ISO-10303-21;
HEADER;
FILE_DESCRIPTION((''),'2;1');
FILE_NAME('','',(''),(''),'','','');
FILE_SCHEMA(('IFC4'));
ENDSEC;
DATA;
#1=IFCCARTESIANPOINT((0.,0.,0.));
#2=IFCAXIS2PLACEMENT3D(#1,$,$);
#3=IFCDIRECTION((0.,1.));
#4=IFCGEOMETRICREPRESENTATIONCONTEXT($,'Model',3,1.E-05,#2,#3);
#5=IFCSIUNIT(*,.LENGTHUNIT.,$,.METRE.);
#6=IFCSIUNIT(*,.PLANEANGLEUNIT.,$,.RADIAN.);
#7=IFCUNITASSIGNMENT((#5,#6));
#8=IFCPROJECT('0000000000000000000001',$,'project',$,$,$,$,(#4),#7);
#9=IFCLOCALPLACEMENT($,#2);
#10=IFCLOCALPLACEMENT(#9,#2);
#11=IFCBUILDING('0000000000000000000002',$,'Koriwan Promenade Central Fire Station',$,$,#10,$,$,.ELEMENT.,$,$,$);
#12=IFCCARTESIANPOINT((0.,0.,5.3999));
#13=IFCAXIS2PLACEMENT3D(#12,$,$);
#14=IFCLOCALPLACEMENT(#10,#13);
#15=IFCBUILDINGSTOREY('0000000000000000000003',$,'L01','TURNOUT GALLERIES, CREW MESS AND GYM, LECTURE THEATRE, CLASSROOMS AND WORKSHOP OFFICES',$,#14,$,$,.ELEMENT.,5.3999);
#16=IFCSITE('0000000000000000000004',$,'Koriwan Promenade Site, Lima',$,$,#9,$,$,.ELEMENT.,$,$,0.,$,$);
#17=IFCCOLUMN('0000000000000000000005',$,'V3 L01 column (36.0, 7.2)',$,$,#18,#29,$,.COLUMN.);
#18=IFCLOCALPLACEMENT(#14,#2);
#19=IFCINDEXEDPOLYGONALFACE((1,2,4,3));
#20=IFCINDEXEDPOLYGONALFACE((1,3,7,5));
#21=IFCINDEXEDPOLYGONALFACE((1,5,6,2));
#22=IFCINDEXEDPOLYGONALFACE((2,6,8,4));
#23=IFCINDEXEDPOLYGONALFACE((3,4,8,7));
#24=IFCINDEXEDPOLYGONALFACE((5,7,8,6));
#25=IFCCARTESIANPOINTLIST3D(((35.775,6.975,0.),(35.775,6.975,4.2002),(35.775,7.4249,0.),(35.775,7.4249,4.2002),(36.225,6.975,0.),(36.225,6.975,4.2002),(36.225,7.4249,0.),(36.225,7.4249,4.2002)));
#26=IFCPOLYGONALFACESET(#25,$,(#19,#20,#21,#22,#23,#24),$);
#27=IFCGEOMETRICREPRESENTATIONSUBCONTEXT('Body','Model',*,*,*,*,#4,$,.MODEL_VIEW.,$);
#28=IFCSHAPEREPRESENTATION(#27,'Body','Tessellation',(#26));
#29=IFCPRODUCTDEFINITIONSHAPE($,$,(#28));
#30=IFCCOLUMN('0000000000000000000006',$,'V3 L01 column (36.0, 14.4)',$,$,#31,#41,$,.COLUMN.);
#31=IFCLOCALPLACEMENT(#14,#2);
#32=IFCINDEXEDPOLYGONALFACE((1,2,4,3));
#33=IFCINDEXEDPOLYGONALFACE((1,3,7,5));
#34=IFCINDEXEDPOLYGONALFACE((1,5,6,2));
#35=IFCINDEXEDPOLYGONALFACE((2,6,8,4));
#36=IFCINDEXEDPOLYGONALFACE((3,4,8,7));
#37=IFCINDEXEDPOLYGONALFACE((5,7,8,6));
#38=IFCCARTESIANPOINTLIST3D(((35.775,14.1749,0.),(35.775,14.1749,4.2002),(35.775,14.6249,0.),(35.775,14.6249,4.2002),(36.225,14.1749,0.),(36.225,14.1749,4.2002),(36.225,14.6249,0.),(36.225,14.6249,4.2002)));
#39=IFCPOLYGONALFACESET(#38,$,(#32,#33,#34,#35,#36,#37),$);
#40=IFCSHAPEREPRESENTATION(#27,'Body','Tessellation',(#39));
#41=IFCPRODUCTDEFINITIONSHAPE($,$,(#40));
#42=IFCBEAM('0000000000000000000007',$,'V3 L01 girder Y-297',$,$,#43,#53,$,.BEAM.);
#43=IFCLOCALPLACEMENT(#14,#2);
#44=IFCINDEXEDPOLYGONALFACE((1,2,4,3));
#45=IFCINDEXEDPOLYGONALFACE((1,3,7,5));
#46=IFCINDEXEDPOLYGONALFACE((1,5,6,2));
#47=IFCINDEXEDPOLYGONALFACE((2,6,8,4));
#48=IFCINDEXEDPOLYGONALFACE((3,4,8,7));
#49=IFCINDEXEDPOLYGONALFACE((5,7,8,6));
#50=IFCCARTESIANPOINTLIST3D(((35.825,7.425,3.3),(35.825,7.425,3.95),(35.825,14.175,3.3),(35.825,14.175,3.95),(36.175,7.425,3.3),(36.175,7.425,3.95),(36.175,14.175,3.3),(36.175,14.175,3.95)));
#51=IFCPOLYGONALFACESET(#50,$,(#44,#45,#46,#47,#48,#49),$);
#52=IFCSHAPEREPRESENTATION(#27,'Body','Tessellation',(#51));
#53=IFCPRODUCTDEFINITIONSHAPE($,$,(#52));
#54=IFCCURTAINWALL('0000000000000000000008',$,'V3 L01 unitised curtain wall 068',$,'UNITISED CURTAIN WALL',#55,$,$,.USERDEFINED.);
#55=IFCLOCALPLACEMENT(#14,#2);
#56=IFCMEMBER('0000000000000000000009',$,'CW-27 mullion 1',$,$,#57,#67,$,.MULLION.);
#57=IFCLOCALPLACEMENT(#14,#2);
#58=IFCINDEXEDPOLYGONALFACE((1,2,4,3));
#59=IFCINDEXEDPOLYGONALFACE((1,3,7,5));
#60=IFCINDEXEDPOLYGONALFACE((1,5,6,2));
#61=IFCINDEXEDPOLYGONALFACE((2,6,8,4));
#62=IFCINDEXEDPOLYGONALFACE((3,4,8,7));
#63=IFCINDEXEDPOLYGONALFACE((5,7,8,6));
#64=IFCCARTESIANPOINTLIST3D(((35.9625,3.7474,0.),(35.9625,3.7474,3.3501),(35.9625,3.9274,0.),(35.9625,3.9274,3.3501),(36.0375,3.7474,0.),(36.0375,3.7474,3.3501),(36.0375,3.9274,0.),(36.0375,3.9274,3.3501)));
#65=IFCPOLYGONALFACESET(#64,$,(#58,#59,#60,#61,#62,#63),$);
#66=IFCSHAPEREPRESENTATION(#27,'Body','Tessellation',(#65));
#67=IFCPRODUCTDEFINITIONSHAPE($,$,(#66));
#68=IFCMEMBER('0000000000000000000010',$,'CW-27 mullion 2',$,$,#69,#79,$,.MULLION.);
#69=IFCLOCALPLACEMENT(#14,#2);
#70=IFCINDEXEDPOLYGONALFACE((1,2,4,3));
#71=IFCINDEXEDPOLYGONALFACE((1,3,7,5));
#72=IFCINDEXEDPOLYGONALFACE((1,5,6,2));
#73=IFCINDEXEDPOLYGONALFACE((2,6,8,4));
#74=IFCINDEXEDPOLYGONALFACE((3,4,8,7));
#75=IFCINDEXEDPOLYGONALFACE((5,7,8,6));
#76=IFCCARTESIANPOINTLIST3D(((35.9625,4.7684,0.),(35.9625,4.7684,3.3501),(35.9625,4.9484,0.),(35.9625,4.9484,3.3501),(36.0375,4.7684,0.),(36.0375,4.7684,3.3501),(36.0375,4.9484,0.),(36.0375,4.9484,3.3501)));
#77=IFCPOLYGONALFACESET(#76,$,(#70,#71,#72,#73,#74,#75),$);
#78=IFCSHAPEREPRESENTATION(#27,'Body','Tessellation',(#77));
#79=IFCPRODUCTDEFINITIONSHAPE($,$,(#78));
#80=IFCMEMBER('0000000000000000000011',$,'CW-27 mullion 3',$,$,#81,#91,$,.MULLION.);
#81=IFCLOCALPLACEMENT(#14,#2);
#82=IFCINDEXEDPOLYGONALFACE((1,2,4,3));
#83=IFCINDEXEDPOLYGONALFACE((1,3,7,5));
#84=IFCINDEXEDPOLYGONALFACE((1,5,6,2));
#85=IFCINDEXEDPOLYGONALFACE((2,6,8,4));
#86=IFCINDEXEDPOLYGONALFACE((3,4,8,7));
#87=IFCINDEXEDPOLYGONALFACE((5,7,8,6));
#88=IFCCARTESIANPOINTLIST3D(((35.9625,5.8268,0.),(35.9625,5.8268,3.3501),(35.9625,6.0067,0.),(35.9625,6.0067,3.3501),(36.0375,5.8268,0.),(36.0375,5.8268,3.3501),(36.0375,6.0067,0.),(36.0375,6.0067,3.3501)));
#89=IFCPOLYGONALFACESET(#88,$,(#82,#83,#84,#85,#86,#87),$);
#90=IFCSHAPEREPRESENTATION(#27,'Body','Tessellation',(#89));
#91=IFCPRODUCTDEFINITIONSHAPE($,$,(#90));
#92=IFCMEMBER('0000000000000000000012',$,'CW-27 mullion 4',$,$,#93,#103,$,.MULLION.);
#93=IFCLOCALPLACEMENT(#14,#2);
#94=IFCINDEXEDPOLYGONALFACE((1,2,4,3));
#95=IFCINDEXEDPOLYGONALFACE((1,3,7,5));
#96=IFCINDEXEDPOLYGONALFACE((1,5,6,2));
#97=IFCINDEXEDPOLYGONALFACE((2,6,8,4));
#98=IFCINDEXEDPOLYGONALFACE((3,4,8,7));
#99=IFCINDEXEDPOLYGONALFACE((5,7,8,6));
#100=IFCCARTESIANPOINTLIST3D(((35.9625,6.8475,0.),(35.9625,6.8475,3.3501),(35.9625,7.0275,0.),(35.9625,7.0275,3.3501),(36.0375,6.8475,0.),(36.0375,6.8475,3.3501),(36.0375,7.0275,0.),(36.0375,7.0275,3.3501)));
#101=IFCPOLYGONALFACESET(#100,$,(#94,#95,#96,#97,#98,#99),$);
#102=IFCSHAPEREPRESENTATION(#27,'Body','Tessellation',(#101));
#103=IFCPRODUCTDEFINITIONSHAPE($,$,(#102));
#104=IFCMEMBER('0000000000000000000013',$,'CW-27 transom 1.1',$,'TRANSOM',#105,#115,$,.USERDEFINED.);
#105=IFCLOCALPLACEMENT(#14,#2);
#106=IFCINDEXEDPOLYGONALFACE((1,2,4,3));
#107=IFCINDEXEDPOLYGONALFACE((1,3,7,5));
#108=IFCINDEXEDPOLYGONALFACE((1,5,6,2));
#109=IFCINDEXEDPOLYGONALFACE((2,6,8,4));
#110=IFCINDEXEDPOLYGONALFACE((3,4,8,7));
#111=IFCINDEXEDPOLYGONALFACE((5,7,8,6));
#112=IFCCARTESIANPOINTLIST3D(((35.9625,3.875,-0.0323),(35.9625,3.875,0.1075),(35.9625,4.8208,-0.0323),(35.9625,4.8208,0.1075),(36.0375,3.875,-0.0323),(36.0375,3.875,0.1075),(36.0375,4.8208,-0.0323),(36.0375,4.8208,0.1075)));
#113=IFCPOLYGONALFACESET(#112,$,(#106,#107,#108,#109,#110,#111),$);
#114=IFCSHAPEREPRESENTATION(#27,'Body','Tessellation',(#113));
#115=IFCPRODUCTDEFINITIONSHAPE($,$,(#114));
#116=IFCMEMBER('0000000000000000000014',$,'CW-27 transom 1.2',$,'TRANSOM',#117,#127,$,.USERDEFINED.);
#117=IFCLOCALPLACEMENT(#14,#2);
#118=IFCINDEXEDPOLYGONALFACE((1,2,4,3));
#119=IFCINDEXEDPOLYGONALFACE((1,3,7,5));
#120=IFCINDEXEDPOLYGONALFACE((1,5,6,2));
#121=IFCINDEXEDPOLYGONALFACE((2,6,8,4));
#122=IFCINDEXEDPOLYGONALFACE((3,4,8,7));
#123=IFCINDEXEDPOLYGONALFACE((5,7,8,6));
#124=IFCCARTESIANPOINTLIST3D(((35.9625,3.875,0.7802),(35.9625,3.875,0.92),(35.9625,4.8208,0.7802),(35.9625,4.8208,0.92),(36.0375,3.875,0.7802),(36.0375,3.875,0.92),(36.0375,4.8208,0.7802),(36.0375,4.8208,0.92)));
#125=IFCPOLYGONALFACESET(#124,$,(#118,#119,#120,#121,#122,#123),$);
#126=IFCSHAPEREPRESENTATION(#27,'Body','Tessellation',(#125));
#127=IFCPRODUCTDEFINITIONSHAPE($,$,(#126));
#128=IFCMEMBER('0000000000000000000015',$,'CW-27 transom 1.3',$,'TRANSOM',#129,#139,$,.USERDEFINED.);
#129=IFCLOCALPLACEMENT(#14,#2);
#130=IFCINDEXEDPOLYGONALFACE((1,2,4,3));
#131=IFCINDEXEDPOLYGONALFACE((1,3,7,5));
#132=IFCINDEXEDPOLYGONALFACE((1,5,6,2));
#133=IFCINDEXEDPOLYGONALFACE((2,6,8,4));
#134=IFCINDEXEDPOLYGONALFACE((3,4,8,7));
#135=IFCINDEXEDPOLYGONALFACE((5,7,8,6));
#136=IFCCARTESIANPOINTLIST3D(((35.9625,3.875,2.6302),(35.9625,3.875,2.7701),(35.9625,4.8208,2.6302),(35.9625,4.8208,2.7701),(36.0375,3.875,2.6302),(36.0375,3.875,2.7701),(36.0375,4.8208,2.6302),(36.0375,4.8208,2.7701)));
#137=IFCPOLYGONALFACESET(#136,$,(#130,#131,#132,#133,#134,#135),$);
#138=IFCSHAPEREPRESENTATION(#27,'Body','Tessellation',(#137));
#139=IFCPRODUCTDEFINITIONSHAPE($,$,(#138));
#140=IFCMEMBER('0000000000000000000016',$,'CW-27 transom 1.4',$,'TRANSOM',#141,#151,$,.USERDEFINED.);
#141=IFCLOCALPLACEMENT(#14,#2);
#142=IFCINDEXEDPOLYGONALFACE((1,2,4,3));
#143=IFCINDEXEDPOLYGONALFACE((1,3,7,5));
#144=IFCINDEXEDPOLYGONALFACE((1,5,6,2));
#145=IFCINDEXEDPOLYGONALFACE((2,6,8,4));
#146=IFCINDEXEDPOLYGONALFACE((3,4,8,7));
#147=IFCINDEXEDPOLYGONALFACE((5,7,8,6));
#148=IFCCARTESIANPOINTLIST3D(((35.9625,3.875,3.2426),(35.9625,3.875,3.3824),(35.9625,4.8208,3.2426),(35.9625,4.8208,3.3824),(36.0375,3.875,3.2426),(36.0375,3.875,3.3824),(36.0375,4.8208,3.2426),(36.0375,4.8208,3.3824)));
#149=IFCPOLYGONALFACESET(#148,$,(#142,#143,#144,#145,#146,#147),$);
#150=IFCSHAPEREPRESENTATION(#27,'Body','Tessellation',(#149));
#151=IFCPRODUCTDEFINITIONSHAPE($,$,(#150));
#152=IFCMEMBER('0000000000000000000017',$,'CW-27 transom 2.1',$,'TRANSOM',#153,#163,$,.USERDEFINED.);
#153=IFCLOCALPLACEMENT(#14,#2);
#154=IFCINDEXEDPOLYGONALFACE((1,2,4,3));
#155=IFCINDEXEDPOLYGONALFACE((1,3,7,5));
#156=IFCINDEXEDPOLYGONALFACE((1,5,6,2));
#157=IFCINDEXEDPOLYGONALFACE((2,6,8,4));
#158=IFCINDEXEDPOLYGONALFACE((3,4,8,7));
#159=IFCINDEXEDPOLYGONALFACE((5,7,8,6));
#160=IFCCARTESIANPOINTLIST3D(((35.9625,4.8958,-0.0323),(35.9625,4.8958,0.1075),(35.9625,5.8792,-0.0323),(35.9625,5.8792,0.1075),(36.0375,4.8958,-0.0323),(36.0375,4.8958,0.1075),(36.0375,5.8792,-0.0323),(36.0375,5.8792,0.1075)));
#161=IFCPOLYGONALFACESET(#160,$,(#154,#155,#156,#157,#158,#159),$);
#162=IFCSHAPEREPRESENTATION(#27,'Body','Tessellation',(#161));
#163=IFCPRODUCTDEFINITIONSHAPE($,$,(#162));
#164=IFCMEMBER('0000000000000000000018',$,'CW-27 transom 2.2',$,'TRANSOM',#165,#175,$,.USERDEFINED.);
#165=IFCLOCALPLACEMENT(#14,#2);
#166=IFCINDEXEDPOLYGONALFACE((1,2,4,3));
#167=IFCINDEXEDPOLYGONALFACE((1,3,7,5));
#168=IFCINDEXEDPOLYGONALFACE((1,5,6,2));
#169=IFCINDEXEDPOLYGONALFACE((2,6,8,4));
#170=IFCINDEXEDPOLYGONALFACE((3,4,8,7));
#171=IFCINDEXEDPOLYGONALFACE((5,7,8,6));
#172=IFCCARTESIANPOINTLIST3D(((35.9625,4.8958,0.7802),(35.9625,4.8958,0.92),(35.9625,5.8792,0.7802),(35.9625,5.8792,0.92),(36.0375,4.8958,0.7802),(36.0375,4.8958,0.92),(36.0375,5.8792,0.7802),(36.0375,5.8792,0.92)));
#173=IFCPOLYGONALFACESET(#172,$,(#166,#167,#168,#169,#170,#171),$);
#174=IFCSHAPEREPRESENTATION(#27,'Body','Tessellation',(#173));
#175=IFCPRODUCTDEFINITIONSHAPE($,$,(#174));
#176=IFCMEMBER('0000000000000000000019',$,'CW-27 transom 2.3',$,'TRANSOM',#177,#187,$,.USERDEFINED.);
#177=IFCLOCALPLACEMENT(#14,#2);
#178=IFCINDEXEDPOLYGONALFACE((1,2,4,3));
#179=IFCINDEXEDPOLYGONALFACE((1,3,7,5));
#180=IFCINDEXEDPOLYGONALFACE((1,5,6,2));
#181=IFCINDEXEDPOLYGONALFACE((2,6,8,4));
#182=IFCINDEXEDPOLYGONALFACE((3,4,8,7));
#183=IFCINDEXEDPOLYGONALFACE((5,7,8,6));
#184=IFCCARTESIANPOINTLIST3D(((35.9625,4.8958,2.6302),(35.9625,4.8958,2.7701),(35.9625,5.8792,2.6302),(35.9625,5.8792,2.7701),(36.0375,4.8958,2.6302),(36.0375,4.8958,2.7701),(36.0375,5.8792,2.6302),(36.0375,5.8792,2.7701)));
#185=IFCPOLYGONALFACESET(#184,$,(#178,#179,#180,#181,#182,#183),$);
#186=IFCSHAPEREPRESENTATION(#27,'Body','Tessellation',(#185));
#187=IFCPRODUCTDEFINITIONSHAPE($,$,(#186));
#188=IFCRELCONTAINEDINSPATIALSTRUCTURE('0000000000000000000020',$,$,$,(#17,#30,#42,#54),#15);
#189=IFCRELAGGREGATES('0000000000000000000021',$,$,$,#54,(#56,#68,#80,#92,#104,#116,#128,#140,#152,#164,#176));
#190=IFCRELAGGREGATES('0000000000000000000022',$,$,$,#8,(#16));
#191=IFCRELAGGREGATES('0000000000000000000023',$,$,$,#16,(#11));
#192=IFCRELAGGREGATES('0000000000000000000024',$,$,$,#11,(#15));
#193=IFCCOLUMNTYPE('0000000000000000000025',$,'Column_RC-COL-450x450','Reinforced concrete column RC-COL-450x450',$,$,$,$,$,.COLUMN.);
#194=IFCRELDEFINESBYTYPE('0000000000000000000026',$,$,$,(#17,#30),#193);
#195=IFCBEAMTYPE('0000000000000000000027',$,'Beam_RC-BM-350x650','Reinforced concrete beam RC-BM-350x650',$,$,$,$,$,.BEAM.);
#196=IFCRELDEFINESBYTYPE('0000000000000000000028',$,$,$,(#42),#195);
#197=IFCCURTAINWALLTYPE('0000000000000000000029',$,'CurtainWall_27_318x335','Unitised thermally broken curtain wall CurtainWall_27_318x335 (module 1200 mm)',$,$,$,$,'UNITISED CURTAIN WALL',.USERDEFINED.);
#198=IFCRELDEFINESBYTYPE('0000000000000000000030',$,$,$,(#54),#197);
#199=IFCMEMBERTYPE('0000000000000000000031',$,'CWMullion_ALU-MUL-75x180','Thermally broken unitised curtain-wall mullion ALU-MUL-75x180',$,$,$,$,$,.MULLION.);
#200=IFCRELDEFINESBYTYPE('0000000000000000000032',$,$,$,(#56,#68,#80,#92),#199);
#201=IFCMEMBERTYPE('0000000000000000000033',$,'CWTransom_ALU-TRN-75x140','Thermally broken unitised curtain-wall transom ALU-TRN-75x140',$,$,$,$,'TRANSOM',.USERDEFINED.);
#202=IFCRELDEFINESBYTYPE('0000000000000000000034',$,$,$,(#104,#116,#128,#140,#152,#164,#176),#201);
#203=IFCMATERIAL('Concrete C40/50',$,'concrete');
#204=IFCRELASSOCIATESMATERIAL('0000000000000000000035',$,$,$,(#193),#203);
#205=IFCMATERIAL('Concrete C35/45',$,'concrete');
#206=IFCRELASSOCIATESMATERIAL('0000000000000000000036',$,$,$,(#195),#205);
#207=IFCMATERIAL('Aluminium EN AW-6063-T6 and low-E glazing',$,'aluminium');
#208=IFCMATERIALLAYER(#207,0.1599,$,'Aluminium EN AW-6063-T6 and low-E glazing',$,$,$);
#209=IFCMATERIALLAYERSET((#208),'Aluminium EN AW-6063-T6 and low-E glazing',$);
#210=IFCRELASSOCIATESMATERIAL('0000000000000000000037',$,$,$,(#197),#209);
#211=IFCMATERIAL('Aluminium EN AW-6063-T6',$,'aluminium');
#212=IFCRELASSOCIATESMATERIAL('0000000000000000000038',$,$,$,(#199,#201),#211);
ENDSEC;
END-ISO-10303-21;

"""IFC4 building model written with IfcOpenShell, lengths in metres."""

from ifc_helpers import new_model, si_unit, direction, frame, origin, origin_2d, place, context, subcontext, project, spatial, rectangle, extrude, material, layer, layer_set, material_profile, profile_set, type_object, element, aggregate, save


model = new_model("IFC4")

# Units and contexts
model_context = context("Model", 3, precision=1e-05, world=origin(), true_north=direction((0.0, 1.0)))
body_context = subcontext(model_context, "Body", "Model", "MODEL_VIEW")
ifc_project = project(units=[si_unit("LENGTHUNIT", "METRE"), si_unit("PLANEANGLEUNIT", "RADIAN")], contexts=[model_context])

# Site, building, storey
site_placement = place(None, origin())
site = spatial("IfcSite", under=ifc_project, at=site_placement, Name="Koriwan Promenade Site, Lima", CompositionType="ELEMENT", RefElevation=0.0)
building_placement = place(site_placement, origin())
building = spatial("IfcBuilding", under=site, at=building_placement, Name="Koriwan Promenade Central Fire Station", CompositionType="ELEMENT")
storey_placement = place(building_placement, frame((0.0, 0.0, 5.3999)))
storey = spatial("IfcBuildingStorey", under=building, at=storey_placement, Name="L01", Description="TURNOUT GALLERIES, CREW MESS AND GYM, LECTURE THEATRE, CLASSROOMS AND WORKSHOP OFFICES", CompositionType="ELEMENT", Elevation=5.3999)

# Columns
ifc_material_1 = material(Name="Concrete C40/50", Category="concrete")
ifc_material_profile_1 = material_profile(ifc_material_1, rectangle(XDim=0.45, YDim=0.45, at=origin_2d()), Name="RC-COL-450x450")
ifc_profile_set_1 = profile_set([ifc_material_profile_1], Name="Concrete C40/50")
column_type = type_object("IfcColumnType", Name="Column_RC-COL-450x450", Description="Reinforced concrete column RC-COL-450x450", PredefinedType="COLUMN", material=ifc_profile_set_1)
for number, where, z_axis, x_axis, name in (
    (1, (36.0, 7.2, 0.0), (0.0, 0.0, 1.0), (1.0, 0.0, 0.0), "V3 L01 column (36.0, 7.2)"),
    (2, (36.0, 14.3999, 0.0), (0.0, 0.0, 1.0), (1.0, 0.0, 0.0), "V3 L01 column (36.0, 14.4)"),
):
    element("IfcColumn", number, at=place(storey_placement, frame(where, z_axis=z_axis, x_axis=x_axis)), inside=storey, type_object=column_type, Name=name, PredefinedType="COLUMN", context=body_context, shape_type="SweptSolid", body=[
        extrude(rectangle(XDim=0.45, YDim=0.45, at=origin_2d()), origin(), (0.0, 0.0, 1.0), 4.2002),
    ])

# Beam
ifc_material_2 = material(Name="Concrete C35/45", Category="concrete")
ifc_material_profile_2 = material_profile(ifc_material_2, rectangle(XDim=0.3501, YDim=0.6499, at=origin_2d()), Name="RC-BM-350x650")
ifc_profile_set_2 = profile_set([ifc_material_profile_2], Name="Concrete C35/45")
beam_type = type_object("IfcBeamType", Name="Beam_RC-BM-350x650", Description="Reinforced concrete beam RC-BM-350x650", PredefinedType="BEAM", material=ifc_profile_set_2)
beam_placement = place(storey_placement, frame((36.0, 7.425, 3.625), z_axis=(0.0, 1.0, 0.0), x_axis=(-1.0, 0.0, 0.0)))
element("IfcBeam", 3, at=beam_placement, inside=storey, type_object=beam_type, Name="V3 L01 girder Y-297", PredefinedType="BEAM", context=body_context, shape_type="SweptSolid", body=[
    extrude(rectangle(XDim=0.3501, YDim=0.6499, at=origin_2d()), origin(), (0.0, 0.0, 1.0), 6.75),
])

# Curtain wall, members
ifc_material_3 = material(Name="Aluminium EN AW-6063-T6 and low-E glazing", Category="aluminium")
ifc_layer_1 = layer(ifc_material_3, 0.1599, Name="Aluminium EN AW-6063-T6 and low-E glazing")
ifc_layer_set_1 = layer_set([ifc_layer_1], Name="Aluminium EN AW-6063-T6 and low-E glazing")
curtain_wall_type = type_object("IfcCurtainWallType", Name="CurtainWall_27_318x335", Description="Unitised thermally broken curtain wall CurtainWall_27_318x335 (module 1200 mm)", ElementType="UNITISED CURTAIN WALL", PredefinedType="USERDEFINED", material=ifc_layer_set_1)
curtain_wall_placement = place(storey_placement, origin())
curtain_wall = element("IfcCurtainWall", 4, at=curtain_wall_placement, inside=storey, type_object=curtain_wall_type, Name="V3 L01 unitised curtain wall 068", ObjectType="UNITISED CURTAIN WALL", PredefinedType="USERDEFINED")
ifc_material_4 = material(Name="Aluminium EN AW-6063-T6", Category="aluminium")
ifc_material_profile_3 = material_profile(ifc_material_4, rectangle(XDim=0.075, YDim=0.1799, at=origin_2d()), Name="ALU-MUL-75x180")
ifc_profile_set_3 = profile_set([ifc_material_profile_3], Name="Aluminium EN AW-6063-T6")
member_type_1 = type_object("IfcMemberType", Name="CWMullion_ALU-MUL-75x180", Description="Thermally broken unitised curtain-wall mullion ALU-MUL-75x180", PredefinedType="MULLION", material=ifc_profile_set_3)
member_1_placement = place(storey_placement, frame((36.0, 3.8374, 0.0), z_axis=(0.0, 0.0, 1.0), x_axis=(-1.0, 0.0, 0.0)))
member_1 = element("IfcMember", 5, at=member_1_placement, type_object=member_type_1, Name="CW-27 mullion 1", PredefinedType="MULLION", context=body_context, shape_type="SweptSolid", body=[
    extrude(rectangle(XDim=0.075, YDim=0.1799, at=origin_2d()), origin(), (0.0, 0.0, 1.0), 3.3501),
])
member_2_placement = place(storey_placement, frame((36.0, 4.8584, 0.0), z_axis=(0.0, 0.0, 1.0), x_axis=(-1.0, 0.0, 0.0)))
member_2 = element("IfcMember", 6, at=member_2_placement, type_object=member_type_1, Name="CW-27 mullion 2", PredefinedType="MULLION", context=body_context, shape_type="SweptSolid", body=[
    extrude(rectangle(XDim=0.075, YDim=0.1799, at=origin_2d()), origin(), (0.0, 0.0, 1.0), 3.3501),
])
member_3_placement = place(storey_placement, frame((36.0, 5.9167, 0.0), z_axis=(0.0, 0.0, 1.0), x_axis=(-1.0, 0.0, 0.0)))
member_3 = element("IfcMember", 7, at=member_3_placement, type_object=member_type_1, Name="CW-27 mullion 3", PredefinedType="MULLION", context=body_context, shape_type="SweptSolid", body=[
    extrude(rectangle(XDim=0.075, YDim=0.1799, at=origin_2d()), origin(), (0.0, 0.0, 1.0), 3.3501),
])
member_4_placement = place(storey_placement, frame((36.0, 6.9375, 0.0), z_axis=(0.0, 0.0, 1.0), x_axis=(-1.0, 0.0, 0.0)))
member_4 = element("IfcMember", 8, at=member_4_placement, type_object=member_type_1, Name="CW-27 mullion 4", PredefinedType="MULLION", context=body_context, shape_type="SweptSolid", body=[
    extrude(rectangle(XDim=0.075, YDim=0.1799, at=origin_2d()), origin(), (0.0, 0.0, 1.0), 3.3501),
])
ifc_material_profile_4 = material_profile(ifc_material_4, rectangle(XDim=0.075, YDim=0.1399, at=origin_2d()), Name="ALU-TRN-75x140")
ifc_profile_set_4 = profile_set([ifc_material_profile_4], Name="Aluminium EN AW-6063-T6")
member_type_2 = type_object("IfcMemberType", Name="CWTransom_ALU-TRN-75x140", Description="Thermally broken unitised curtain-wall transom ALU-TRN-75x140", ElementType="TRANSOM", PredefinedType="USERDEFINED", material=ifc_profile_set_4)
member_5_placement = place(storey_placement, frame((36.0, 3.875, 0.0376), z_axis=(0.0, 1.0, 0.0), x_axis=(-1.0, 0.0, 0.0)))
member_5 = element("IfcMember", 9, at=member_5_placement, type_object=member_type_2, Name="CW-27 transom 1.1", ObjectType="TRANSOM", PredefinedType="USERDEFINED", context=body_context, shape_type="SweptSolid", body=[
    extrude(rectangle(XDim=0.075, YDim=0.1399, at=origin_2d()), origin(), (0.0, 0.0, 1.0), 0.9458),
])
member_6_placement = place(storey_placement, frame((36.0, 3.875, 0.8501), z_axis=(0.0, 1.0, 0.0), x_axis=(-1.0, 0.0, 0.0)))
member_6 = element("IfcMember", 10, at=member_6_placement, type_object=member_type_2, Name="CW-27 transom 1.2", ObjectType="TRANSOM", PredefinedType="USERDEFINED", context=body_context, shape_type="SweptSolid", body=[
    extrude(rectangle(XDim=0.075, YDim=0.1399, at=origin_2d()), origin(), (0.0, 0.0, 1.0), 0.9458),
])
member_7_placement = place(storey_placement, frame((36.0, 3.875, 2.7002), z_axis=(0.0, 1.0, 0.0), x_axis=(-1.0, 0.0, 0.0)))
member_7 = element("IfcMember", 11, at=member_7_placement, type_object=member_type_2, Name="CW-27 transom 1.3", ObjectType="TRANSOM", PredefinedType="USERDEFINED", context=body_context, shape_type="SweptSolid", body=[
    extrude(rectangle(XDim=0.075, YDim=0.1399, at=origin_2d()), origin(), (0.0, 0.0, 1.0), 0.9458),
])
member_8_placement = place(storey_placement, frame((36.0, 3.875, 3.3125), z_axis=(0.0, 1.0, 0.0), x_axis=(-1.0, 0.0, 0.0)))
member_8 = element("IfcMember", 12, at=member_8_placement, type_object=member_type_2, Name="CW-27 transom 1.4", ObjectType="TRANSOM", PredefinedType="USERDEFINED", context=body_context, shape_type="SweptSolid", body=[
    extrude(rectangle(XDim=0.075, YDim=0.1399, at=origin_2d()), origin(), (0.0, 0.0, 1.0), 0.9458),
])
member_9_placement = place(storey_placement, frame((36.0, 4.8958, 0.0376), z_axis=(0.0, 1.0, 0.0), x_axis=(-1.0, 0.0, 0.0)))
member_9 = element("IfcMember", 13, at=member_9_placement, type_object=member_type_2, Name="CW-27 transom 2.1", ObjectType="TRANSOM", PredefinedType="USERDEFINED", context=body_context, shape_type="SweptSolid", body=[
    extrude(rectangle(XDim=0.075, YDim=0.1399, at=origin_2d()), origin(), (0.0, 0.0, 1.0), 0.9834),
])
member_10_placement = place(storey_placement, frame((36.0, 4.8958, 0.8501), z_axis=(0.0, 1.0, 0.0), x_axis=(-1.0, 0.0, 0.0)))
member_10 = element("IfcMember", 14, at=member_10_placement, type_object=member_type_2, Name="CW-27 transom 2.2", ObjectType="TRANSOM", PredefinedType="USERDEFINED", context=body_context, shape_type="SweptSolid", body=[
    extrude(rectangle(XDim=0.075, YDim=0.1399, at=origin_2d()), origin(), (0.0, 0.0, 1.0), 0.9834),
])
member_11_placement = place(storey_placement, frame((36.0, 4.8958, 2.7002), z_axis=(0.0, 1.0, 0.0), x_axis=(-1.0, 0.0, 0.0)))
member_11 = element("IfcMember", 15, at=member_11_placement, type_object=member_type_2, Name="CW-27 transom 2.3", ObjectType="TRANSOM", PredefinedType="USERDEFINED", context=body_context, shape_type="SweptSolid", body=[
    extrude(rectangle(XDim=0.075, YDim=0.1399, at=origin_2d()), origin(), (0.0, 0.0, 1.0), 0.9834),
])

aggregate(curtain_wall, [member_1, member_2, member_3, member_4, member_5, member_6, member_7, member_8, member_9, member_10, member_11])

save(model, "model.ifc")
